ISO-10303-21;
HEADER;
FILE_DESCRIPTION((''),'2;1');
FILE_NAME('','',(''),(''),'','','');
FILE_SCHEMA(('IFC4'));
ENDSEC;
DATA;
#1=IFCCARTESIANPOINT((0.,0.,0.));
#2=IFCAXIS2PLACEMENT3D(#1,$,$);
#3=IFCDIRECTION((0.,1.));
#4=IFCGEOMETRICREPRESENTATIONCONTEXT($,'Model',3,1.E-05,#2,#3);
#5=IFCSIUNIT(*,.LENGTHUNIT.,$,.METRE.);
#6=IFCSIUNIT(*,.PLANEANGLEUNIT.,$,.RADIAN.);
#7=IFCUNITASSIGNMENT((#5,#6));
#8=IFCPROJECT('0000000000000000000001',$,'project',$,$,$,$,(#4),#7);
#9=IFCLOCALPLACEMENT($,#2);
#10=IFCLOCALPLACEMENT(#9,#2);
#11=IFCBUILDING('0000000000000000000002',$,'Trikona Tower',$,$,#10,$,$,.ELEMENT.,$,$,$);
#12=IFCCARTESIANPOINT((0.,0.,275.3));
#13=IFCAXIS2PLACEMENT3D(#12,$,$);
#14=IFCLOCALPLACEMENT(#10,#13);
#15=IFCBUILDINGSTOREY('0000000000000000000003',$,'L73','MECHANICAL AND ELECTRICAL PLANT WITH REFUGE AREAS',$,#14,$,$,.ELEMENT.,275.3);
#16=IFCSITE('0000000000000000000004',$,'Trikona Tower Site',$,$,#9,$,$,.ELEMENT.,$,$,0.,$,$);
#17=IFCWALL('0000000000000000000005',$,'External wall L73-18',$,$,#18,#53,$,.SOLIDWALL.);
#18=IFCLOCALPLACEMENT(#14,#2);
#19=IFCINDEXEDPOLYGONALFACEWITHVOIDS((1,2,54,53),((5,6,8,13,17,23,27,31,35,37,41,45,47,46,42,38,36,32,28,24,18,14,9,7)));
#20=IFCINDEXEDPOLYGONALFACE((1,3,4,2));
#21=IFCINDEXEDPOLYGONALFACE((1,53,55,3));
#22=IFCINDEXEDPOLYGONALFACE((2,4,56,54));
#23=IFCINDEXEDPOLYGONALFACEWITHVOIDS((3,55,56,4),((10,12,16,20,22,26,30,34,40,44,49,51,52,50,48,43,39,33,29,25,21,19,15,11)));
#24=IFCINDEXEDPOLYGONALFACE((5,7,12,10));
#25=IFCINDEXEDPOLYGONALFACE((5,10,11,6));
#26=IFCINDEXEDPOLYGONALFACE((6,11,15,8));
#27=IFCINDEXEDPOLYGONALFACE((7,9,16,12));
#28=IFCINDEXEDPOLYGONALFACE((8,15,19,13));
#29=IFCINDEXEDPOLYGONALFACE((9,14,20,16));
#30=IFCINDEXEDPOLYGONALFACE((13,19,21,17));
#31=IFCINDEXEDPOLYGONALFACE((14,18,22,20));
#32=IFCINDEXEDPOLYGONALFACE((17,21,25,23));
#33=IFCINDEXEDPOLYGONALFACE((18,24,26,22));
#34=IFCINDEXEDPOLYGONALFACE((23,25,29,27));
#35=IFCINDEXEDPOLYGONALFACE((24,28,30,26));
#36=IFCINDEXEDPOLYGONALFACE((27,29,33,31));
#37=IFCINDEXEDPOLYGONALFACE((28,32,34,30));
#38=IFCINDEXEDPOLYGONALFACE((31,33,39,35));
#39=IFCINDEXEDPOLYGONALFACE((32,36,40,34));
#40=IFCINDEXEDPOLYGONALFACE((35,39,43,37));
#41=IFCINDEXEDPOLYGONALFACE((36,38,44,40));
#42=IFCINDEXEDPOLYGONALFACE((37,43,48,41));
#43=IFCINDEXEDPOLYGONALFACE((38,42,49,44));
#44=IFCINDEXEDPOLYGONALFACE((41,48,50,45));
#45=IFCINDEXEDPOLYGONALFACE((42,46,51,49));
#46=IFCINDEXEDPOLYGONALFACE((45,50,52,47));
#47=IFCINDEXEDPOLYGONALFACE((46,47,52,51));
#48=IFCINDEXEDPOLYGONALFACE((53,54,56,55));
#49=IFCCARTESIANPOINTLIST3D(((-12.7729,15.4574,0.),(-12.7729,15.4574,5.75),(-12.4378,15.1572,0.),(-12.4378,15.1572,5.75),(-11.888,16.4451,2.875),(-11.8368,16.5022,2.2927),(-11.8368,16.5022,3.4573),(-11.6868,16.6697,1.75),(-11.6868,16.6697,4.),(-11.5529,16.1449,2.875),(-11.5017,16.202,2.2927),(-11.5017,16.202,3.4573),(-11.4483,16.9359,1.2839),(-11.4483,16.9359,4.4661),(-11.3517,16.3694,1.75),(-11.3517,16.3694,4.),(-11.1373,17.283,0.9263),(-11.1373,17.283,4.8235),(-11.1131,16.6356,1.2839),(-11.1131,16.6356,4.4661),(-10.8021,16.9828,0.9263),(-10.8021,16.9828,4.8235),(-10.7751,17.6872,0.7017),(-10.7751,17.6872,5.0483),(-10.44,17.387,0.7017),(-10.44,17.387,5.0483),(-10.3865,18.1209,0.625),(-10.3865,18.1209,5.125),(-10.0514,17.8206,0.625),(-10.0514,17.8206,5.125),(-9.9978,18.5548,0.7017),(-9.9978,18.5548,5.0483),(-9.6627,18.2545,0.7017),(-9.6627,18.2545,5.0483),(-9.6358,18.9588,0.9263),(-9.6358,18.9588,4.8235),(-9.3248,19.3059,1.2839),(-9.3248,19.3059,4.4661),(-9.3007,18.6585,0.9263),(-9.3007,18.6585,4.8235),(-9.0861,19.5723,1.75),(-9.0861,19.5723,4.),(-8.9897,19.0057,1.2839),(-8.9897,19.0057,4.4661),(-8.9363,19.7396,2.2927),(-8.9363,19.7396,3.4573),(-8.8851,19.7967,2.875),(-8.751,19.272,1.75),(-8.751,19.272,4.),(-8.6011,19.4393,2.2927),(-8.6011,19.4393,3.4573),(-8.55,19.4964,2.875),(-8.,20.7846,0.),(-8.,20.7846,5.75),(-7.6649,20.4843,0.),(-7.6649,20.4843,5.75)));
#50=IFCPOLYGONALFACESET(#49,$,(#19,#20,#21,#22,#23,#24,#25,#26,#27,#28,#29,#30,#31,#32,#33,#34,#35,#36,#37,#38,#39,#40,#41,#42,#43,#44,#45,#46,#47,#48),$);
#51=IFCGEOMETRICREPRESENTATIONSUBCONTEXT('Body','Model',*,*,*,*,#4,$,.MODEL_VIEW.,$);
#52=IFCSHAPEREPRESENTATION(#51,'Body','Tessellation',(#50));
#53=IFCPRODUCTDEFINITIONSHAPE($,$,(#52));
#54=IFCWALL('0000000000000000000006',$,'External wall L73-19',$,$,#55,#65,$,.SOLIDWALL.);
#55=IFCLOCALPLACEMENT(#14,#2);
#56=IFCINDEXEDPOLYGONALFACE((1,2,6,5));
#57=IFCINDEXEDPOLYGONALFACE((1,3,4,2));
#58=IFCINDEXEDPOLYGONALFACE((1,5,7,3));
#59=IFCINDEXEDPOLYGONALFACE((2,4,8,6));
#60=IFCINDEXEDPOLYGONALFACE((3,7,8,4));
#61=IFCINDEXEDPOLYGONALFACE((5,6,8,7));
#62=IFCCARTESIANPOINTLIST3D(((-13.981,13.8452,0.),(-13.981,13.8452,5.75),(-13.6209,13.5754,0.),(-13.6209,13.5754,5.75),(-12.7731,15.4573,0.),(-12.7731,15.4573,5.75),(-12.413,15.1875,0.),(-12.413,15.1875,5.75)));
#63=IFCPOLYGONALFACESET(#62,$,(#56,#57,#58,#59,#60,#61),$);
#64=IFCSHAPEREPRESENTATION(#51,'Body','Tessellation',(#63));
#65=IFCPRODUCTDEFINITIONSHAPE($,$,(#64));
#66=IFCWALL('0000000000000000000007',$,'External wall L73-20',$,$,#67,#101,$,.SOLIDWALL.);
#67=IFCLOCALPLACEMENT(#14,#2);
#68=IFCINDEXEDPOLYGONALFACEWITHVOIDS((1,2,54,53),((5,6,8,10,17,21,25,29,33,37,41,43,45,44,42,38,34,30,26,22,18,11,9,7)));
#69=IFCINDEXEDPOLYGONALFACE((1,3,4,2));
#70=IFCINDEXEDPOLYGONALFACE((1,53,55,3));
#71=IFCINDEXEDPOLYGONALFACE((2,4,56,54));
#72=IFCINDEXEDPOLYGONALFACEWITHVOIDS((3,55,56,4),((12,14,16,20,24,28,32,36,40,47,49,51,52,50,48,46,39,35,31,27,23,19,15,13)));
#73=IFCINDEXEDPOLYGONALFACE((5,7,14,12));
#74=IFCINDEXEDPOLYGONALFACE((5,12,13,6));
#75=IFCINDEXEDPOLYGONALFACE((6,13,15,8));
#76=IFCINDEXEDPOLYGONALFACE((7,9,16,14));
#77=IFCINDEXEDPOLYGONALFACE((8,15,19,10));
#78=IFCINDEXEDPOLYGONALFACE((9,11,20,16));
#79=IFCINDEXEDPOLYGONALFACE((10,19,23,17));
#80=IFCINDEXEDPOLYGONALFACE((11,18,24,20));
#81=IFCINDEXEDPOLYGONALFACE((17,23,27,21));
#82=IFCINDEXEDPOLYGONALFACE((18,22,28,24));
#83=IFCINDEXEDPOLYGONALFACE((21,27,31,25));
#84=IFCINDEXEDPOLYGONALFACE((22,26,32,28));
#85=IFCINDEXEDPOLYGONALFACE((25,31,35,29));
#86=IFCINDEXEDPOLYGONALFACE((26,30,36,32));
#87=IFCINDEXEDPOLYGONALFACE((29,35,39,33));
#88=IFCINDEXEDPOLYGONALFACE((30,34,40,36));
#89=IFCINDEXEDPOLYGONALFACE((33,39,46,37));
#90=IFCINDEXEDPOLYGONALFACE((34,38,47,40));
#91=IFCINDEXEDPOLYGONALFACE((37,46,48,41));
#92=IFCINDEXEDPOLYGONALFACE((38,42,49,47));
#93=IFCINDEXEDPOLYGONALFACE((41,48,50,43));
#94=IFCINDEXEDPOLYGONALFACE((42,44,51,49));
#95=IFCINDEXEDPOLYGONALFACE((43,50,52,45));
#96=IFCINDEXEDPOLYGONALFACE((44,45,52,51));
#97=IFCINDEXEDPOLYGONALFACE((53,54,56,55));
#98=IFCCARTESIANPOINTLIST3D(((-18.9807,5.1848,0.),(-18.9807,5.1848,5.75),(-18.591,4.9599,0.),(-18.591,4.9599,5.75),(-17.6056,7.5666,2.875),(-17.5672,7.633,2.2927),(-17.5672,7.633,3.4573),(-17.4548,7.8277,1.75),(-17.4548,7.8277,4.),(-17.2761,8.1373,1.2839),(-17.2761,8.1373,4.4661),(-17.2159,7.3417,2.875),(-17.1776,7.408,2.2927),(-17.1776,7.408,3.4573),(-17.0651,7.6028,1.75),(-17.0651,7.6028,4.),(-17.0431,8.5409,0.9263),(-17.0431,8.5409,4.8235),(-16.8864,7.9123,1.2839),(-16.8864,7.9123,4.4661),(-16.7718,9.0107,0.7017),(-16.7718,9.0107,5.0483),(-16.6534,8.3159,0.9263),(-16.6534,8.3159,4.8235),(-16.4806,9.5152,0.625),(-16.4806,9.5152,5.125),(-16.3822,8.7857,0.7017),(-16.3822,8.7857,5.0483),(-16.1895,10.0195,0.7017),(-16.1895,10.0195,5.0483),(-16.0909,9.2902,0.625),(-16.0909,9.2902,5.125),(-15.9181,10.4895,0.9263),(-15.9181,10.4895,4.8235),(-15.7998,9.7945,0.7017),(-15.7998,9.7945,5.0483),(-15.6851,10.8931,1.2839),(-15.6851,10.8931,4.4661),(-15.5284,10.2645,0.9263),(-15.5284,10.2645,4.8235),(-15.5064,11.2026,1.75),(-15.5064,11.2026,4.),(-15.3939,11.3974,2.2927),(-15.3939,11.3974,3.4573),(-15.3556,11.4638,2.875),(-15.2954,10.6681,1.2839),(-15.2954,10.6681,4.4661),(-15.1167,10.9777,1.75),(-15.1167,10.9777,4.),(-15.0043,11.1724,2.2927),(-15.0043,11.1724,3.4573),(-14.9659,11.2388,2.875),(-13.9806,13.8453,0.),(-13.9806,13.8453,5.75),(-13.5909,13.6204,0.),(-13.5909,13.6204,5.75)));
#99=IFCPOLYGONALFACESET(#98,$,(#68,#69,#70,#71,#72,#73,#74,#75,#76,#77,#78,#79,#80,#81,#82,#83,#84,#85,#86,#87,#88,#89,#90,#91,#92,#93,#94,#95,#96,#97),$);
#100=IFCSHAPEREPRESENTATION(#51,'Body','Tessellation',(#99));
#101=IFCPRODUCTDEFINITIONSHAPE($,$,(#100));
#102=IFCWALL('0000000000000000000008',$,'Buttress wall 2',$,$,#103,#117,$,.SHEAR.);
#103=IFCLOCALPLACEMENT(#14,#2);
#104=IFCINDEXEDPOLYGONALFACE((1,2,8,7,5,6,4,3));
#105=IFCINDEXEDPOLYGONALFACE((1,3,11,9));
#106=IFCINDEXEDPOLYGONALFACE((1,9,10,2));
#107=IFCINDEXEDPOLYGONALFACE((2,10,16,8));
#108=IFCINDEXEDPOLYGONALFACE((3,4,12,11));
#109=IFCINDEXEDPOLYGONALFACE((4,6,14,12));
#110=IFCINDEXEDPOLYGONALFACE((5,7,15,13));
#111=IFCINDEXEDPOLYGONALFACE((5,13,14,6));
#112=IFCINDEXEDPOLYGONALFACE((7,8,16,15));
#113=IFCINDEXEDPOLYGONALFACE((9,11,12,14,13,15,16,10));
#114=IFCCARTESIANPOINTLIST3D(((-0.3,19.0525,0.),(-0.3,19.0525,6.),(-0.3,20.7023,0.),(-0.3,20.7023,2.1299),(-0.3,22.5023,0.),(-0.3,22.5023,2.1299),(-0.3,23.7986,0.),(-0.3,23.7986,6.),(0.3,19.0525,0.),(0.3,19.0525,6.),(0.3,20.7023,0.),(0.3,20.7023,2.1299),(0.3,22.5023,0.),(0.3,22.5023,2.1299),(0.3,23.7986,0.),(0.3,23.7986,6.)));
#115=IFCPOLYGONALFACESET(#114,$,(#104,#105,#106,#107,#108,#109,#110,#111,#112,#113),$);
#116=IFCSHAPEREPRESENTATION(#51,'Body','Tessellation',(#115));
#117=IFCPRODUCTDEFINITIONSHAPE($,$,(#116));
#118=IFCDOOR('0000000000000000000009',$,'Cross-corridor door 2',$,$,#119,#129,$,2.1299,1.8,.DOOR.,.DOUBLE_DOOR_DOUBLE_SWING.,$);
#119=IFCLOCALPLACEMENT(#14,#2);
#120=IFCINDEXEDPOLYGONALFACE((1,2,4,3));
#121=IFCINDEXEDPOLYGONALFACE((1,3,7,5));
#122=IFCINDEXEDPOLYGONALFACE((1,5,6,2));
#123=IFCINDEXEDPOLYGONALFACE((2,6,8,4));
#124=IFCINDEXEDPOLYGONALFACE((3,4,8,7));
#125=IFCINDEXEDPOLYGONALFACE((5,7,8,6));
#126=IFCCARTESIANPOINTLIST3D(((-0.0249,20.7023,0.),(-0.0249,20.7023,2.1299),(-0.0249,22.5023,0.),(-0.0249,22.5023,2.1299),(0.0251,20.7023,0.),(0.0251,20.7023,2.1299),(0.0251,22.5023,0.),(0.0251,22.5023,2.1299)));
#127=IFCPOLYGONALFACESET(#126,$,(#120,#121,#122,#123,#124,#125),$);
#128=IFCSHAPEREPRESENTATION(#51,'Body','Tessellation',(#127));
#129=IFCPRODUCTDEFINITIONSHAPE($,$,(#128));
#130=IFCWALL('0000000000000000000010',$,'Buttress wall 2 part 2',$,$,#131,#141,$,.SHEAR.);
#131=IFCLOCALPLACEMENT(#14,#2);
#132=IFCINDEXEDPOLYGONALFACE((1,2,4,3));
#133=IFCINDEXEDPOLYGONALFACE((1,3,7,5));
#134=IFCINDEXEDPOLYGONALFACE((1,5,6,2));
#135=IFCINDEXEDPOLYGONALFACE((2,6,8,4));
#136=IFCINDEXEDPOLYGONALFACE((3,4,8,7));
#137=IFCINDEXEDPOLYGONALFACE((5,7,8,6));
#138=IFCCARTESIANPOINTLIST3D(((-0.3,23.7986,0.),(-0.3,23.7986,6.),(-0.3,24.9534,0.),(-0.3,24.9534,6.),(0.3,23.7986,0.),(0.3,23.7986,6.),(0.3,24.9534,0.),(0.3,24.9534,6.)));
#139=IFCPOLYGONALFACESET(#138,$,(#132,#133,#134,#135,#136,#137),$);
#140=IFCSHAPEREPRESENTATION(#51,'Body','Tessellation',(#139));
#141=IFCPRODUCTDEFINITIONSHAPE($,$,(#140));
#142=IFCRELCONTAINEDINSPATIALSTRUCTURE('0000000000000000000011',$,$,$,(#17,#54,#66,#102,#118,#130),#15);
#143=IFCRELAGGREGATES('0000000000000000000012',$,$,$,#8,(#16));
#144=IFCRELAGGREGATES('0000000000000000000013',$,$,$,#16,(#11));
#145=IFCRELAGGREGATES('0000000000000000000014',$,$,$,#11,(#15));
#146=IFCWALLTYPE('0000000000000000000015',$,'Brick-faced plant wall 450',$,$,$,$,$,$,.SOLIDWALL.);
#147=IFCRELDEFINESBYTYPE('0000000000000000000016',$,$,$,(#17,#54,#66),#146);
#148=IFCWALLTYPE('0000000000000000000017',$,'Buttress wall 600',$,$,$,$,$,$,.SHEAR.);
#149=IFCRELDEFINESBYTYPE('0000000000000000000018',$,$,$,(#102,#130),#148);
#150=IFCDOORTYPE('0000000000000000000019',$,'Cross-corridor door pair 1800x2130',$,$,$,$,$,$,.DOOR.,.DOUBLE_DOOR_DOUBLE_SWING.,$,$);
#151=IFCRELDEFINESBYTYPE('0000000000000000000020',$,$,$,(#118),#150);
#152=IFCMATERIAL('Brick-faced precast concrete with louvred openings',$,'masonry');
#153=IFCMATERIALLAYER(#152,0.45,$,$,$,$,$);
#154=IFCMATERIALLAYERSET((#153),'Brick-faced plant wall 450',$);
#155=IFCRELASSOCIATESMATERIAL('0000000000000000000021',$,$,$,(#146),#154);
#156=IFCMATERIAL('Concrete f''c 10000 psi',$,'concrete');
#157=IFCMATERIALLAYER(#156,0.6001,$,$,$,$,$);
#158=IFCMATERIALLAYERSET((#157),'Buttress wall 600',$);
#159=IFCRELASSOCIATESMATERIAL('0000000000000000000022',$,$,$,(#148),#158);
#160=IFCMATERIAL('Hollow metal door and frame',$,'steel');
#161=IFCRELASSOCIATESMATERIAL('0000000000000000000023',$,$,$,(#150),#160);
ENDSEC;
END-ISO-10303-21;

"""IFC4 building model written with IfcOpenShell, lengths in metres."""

from ifc_helpers import new_model, si_unit, direction, frame, frame_2d, origin, place, context, subcontext, project, spatial, polyline, rectangle, outline, extrude, material, layer, layer_set, type_object, element, fill, save


model = new_model("IFC4")

# Units and contexts
model_context = context("Model", 3, precision=1e-05, world=origin(), true_north=direction((0.0, 1.0)))
body_context = subcontext(model_context, "Body", "Model", "MODEL_VIEW")
ifc_project = project(units=[si_unit("LENGTHUNIT", "METRE"), si_unit("PLANEANGLEUNIT", "RADIAN")], contexts=[model_context])

# Site, building, storey
site_placement = place(None, origin())
site = spatial("IfcSite", under=ifc_project, at=site_placement, Name="Trikona Tower Site", CompositionType="ELEMENT", RefElevation=0.0)
building_placement = place(site_placement, origin())
building = spatial("IfcBuilding", under=site, at=building_placement, Name="Trikona Tower", CompositionType="ELEMENT")
storey_placement = place(building_placement, frame((0.0, 0.0, 275.3)))
storey = spatial("IfcBuildingStorey", under=building, at=storey_placement, Name="L73", Description="MECHANICAL AND ELECTRICAL PLANT WITH REFUGE AREAS", CompositionType="ELEMENT", Elevation=275.3)

# Walls
ifc_material_1 = material(Name="Brick-faced precast concrete with louvred openings", Category="masonry")
ifc_layer_1 = layer(ifc_material_1, 0.45)
ifc_layer_set_1 = layer_set([ifc_layer_1], Name="Brick-faced plant wall 450")
wall_type_1 = type_object("IfcWallType", Name="Brick-faced plant wall 450", PredefinedType="SOLIDWALL", material=ifc_layer_set_1)
wall_1_placement = place(storey_placement, frame((-7.8325, 20.6345, 0.0), z_axis=(0.0, 0.0, 1.0), x_axis=(-0.667304, -0.744786, 0.0)))
element("IfcWall", 1, at=wall_1_placement, inside=storey, type_object=wall_type_1, Name="External wall L73-18", PredefinedType="SOLIDWALL", context=body_context, shape_type="SweptSolid", body=[
    extrude(outline(polyline([(0.0, 0.0), (7.1526, 0.0), (7.1526, 5.75), (0.0, 5.75), (0.0, 0.0)]), holes=[polyline([(5.8264, 2.875), (5.7498, 3.4573), (5.5249, 4.0), (5.1675, 4.4661), (4.7014, 4.8235), (4.1587, 5.0483), (3.5764, 5.125), (2.9939, 5.0483), (2.4514, 4.8235), (1.9854, 4.4661), (1.6277, 4.0), (1.4031, 3.4573), (1.3264, 2.875), (1.4031, 2.2927), (1.6277, 1.75), (1.9854, 1.2839), (2.4514, 0.9263), (2.9939, 0.7017), (3.5764, 0.625), (4.1587, 0.7017), (4.7014, 0.9263), (5.1675, 1.2839), (5.5249, 1.75), (5.7498, 2.2927), (5.8264, 2.875)])]), frame((0.0, 0.2251, 0.0), z_axis=(0.0, -1.0, 0.0), x_axis=(1.0, 0.0, 0.0)), (0.0, 0.0, 1.0), 0.45),
])
wall_2_placement = place(storey_placement, frame((-12.593, 15.3225, 0.0), z_axis=(0.0, 0.0, 1.0), x_axis=(-0.599593, -0.800305, 0.0)))
element("IfcWall", 2, at=wall_2_placement, inside=storey, type_object=wall_type_1, Name="External wall L73-19", PredefinedType="SOLIDWALL", context=body_context, shape_type="SweptSolid", body=[
    extrude(rectangle(XDim=2.0144, YDim=0.45, at=frame_2d((1.0073, 0.0))), origin(), (0.0, 0.0, 1.0), 5.75),
])
wall_3_placement = place(storey_placement, frame((-13.7859, 13.7329, 0.0), z_axis=(0.0, 0.0, 1.0), x_axis=(-0.499994, -0.866029, 0.0)))
element("IfcWall", 3, at=wall_3_placement, inside=storey, type_object=wall_type_1, Name="External wall L73-20", PredefinedType="SOLIDWALL", context=body_context, shape_type="SweptSolid", body=[
    extrude(outline(polyline([(0.0, 0.0), (10.0002, 0.0), (10.0002, 5.75), (0.0, 5.75), (0.0, 0.0)]), holes=[polyline([(7.25, 2.875), (7.1733, 3.4573), (6.9485, 4.0), (6.5911, 4.4661), (6.125, 4.8235), (5.5825, 5.0483), (5.0, 5.125), (4.4177, 5.0483), (3.875, 4.8235), (3.4089, 4.4661), (3.0515, 4.0), (2.8267, 3.4573), (2.75, 2.875), (2.8267, 2.2927), (3.0515, 1.75), (3.4089, 1.2839), (3.875, 0.9263), (4.4177, 0.7017), (5.0, 0.625), (5.5825, 0.7017), (6.125, 0.9263), (6.5911, 1.2839), (6.9485, 1.75), (7.1733, 2.2927), (7.25, 2.875)])]), frame((0.0, 0.2251, 0.0), z_axis=(0.0, -1.0, 0.0), x_axis=(1.0, 0.0, 0.0)), (0.0, 0.0, 1.0), 0.45),
])

# Wall, opening, door
ifc_material_2 = material(Name="Concrete f'c 10000 psi", Category="concrete")
ifc_layer_2 = layer(ifc_material_2, 0.6001)
ifc_layer_set_2 = layer_set([ifc_layer_2], Name="Buttress wall 600")
wall_type_2 = type_object("IfcWallType", Name="Buttress wall 600", PredefinedType="SHEAR", material=ifc_layer_set_2)
wall_4_placement = place(storey_placement, frame((0.0, 19.0525, 0.0), z_axis=(0.0, 0.0, 1.0), x_axis=(0.0, 1.0, 0.0)))
wall_4 = element("IfcWall", 4, at=wall_4_placement, inside=storey, type_object=wall_type_2, Name="Buttress wall 2", PredefinedType="SHEAR", context=body_context, shape_type="SweptSolid", body=[
    extrude(rectangle(XDim=4.7461, YDim=0.6001, at=frame_2d((2.373, 0.0))), origin(), (0.0, 0.0, 1.0), 6.0),
])
opening_1_placement = place(wall_4_placement, frame((1.6499, 0.0, 0.0)))
opening_1 = element("IfcOpeningElement", 5, at=opening_1_placement, cuts=wall_4, PredefinedType="OPENING", context=body_context, shape_type="SweptSolid", body=[
    extrude(rectangle(XDim=1.8, YDim=2.1299, at=frame_2d((0.8999, 1.0649))), frame((0.0, 0.3101, 0.0), z_axis=(0.0, -1.0, 0.0), x_axis=(1.0, 0.0, 0.0)), (0.0, 0.0, 1.0), 0.6201),
])
ifc_material_3 = material(Name="Hollow metal door and frame", Category="steel")
door_type_1 = type_object("IfcDoorType", Name="Cross-corridor door pair 1800x2130", OperationType="DOUBLE_DOOR_DOUBLE_SWING", PredefinedType="DOOR", material=ifc_material_3)
door_1_placement = place(opening_1_placement, origin())
door_1 = element("IfcDoor", 6, at=door_1_placement, inside=storey, type_object=door_type_1, Name="Cross-corridor door 2", OperationType="DOUBLE_DOOR_DOUBLE_SWING", OverallHeight=2.1299, OverallWidth=1.8, PredefinedType="DOOR", context=body_context, shape_type="SweptSolid", body=[
    extrude(rectangle(XDim=1.8, YDim=2.1299, at=frame_2d((0.8999, 1.0649))), frame((0.0, 0.0249, 0.0), z_axis=(0.0, -1.0, 0.0), x_axis=(1.0, 0.0, 0.0)), (0.0, 0.0, 1.0), 0.05),
])
fill(opening_1, door_1)

# Wall
wall_5_placement = place(storey_placement, frame((0.0, 23.7986, 0.0), z_axis=(0.0, 0.0, 1.0), x_axis=(0.0, 1.0, 0.0)))
element("IfcWall", 7, at=wall_5_placement, inside=storey, type_object=wall_type_2, Name="Buttress wall 2 part 2", PredefinedType="SHEAR", context=body_context, shape_type="SweptSolid", body=[
    extrude(rectangle(XDim=1.1548, YDim=0.6001, at=frame_2d((0.5774, 0.0))), origin(), (0.0, 0.0, 1.0), 6.0),
])

save(model, "model.ifc")
